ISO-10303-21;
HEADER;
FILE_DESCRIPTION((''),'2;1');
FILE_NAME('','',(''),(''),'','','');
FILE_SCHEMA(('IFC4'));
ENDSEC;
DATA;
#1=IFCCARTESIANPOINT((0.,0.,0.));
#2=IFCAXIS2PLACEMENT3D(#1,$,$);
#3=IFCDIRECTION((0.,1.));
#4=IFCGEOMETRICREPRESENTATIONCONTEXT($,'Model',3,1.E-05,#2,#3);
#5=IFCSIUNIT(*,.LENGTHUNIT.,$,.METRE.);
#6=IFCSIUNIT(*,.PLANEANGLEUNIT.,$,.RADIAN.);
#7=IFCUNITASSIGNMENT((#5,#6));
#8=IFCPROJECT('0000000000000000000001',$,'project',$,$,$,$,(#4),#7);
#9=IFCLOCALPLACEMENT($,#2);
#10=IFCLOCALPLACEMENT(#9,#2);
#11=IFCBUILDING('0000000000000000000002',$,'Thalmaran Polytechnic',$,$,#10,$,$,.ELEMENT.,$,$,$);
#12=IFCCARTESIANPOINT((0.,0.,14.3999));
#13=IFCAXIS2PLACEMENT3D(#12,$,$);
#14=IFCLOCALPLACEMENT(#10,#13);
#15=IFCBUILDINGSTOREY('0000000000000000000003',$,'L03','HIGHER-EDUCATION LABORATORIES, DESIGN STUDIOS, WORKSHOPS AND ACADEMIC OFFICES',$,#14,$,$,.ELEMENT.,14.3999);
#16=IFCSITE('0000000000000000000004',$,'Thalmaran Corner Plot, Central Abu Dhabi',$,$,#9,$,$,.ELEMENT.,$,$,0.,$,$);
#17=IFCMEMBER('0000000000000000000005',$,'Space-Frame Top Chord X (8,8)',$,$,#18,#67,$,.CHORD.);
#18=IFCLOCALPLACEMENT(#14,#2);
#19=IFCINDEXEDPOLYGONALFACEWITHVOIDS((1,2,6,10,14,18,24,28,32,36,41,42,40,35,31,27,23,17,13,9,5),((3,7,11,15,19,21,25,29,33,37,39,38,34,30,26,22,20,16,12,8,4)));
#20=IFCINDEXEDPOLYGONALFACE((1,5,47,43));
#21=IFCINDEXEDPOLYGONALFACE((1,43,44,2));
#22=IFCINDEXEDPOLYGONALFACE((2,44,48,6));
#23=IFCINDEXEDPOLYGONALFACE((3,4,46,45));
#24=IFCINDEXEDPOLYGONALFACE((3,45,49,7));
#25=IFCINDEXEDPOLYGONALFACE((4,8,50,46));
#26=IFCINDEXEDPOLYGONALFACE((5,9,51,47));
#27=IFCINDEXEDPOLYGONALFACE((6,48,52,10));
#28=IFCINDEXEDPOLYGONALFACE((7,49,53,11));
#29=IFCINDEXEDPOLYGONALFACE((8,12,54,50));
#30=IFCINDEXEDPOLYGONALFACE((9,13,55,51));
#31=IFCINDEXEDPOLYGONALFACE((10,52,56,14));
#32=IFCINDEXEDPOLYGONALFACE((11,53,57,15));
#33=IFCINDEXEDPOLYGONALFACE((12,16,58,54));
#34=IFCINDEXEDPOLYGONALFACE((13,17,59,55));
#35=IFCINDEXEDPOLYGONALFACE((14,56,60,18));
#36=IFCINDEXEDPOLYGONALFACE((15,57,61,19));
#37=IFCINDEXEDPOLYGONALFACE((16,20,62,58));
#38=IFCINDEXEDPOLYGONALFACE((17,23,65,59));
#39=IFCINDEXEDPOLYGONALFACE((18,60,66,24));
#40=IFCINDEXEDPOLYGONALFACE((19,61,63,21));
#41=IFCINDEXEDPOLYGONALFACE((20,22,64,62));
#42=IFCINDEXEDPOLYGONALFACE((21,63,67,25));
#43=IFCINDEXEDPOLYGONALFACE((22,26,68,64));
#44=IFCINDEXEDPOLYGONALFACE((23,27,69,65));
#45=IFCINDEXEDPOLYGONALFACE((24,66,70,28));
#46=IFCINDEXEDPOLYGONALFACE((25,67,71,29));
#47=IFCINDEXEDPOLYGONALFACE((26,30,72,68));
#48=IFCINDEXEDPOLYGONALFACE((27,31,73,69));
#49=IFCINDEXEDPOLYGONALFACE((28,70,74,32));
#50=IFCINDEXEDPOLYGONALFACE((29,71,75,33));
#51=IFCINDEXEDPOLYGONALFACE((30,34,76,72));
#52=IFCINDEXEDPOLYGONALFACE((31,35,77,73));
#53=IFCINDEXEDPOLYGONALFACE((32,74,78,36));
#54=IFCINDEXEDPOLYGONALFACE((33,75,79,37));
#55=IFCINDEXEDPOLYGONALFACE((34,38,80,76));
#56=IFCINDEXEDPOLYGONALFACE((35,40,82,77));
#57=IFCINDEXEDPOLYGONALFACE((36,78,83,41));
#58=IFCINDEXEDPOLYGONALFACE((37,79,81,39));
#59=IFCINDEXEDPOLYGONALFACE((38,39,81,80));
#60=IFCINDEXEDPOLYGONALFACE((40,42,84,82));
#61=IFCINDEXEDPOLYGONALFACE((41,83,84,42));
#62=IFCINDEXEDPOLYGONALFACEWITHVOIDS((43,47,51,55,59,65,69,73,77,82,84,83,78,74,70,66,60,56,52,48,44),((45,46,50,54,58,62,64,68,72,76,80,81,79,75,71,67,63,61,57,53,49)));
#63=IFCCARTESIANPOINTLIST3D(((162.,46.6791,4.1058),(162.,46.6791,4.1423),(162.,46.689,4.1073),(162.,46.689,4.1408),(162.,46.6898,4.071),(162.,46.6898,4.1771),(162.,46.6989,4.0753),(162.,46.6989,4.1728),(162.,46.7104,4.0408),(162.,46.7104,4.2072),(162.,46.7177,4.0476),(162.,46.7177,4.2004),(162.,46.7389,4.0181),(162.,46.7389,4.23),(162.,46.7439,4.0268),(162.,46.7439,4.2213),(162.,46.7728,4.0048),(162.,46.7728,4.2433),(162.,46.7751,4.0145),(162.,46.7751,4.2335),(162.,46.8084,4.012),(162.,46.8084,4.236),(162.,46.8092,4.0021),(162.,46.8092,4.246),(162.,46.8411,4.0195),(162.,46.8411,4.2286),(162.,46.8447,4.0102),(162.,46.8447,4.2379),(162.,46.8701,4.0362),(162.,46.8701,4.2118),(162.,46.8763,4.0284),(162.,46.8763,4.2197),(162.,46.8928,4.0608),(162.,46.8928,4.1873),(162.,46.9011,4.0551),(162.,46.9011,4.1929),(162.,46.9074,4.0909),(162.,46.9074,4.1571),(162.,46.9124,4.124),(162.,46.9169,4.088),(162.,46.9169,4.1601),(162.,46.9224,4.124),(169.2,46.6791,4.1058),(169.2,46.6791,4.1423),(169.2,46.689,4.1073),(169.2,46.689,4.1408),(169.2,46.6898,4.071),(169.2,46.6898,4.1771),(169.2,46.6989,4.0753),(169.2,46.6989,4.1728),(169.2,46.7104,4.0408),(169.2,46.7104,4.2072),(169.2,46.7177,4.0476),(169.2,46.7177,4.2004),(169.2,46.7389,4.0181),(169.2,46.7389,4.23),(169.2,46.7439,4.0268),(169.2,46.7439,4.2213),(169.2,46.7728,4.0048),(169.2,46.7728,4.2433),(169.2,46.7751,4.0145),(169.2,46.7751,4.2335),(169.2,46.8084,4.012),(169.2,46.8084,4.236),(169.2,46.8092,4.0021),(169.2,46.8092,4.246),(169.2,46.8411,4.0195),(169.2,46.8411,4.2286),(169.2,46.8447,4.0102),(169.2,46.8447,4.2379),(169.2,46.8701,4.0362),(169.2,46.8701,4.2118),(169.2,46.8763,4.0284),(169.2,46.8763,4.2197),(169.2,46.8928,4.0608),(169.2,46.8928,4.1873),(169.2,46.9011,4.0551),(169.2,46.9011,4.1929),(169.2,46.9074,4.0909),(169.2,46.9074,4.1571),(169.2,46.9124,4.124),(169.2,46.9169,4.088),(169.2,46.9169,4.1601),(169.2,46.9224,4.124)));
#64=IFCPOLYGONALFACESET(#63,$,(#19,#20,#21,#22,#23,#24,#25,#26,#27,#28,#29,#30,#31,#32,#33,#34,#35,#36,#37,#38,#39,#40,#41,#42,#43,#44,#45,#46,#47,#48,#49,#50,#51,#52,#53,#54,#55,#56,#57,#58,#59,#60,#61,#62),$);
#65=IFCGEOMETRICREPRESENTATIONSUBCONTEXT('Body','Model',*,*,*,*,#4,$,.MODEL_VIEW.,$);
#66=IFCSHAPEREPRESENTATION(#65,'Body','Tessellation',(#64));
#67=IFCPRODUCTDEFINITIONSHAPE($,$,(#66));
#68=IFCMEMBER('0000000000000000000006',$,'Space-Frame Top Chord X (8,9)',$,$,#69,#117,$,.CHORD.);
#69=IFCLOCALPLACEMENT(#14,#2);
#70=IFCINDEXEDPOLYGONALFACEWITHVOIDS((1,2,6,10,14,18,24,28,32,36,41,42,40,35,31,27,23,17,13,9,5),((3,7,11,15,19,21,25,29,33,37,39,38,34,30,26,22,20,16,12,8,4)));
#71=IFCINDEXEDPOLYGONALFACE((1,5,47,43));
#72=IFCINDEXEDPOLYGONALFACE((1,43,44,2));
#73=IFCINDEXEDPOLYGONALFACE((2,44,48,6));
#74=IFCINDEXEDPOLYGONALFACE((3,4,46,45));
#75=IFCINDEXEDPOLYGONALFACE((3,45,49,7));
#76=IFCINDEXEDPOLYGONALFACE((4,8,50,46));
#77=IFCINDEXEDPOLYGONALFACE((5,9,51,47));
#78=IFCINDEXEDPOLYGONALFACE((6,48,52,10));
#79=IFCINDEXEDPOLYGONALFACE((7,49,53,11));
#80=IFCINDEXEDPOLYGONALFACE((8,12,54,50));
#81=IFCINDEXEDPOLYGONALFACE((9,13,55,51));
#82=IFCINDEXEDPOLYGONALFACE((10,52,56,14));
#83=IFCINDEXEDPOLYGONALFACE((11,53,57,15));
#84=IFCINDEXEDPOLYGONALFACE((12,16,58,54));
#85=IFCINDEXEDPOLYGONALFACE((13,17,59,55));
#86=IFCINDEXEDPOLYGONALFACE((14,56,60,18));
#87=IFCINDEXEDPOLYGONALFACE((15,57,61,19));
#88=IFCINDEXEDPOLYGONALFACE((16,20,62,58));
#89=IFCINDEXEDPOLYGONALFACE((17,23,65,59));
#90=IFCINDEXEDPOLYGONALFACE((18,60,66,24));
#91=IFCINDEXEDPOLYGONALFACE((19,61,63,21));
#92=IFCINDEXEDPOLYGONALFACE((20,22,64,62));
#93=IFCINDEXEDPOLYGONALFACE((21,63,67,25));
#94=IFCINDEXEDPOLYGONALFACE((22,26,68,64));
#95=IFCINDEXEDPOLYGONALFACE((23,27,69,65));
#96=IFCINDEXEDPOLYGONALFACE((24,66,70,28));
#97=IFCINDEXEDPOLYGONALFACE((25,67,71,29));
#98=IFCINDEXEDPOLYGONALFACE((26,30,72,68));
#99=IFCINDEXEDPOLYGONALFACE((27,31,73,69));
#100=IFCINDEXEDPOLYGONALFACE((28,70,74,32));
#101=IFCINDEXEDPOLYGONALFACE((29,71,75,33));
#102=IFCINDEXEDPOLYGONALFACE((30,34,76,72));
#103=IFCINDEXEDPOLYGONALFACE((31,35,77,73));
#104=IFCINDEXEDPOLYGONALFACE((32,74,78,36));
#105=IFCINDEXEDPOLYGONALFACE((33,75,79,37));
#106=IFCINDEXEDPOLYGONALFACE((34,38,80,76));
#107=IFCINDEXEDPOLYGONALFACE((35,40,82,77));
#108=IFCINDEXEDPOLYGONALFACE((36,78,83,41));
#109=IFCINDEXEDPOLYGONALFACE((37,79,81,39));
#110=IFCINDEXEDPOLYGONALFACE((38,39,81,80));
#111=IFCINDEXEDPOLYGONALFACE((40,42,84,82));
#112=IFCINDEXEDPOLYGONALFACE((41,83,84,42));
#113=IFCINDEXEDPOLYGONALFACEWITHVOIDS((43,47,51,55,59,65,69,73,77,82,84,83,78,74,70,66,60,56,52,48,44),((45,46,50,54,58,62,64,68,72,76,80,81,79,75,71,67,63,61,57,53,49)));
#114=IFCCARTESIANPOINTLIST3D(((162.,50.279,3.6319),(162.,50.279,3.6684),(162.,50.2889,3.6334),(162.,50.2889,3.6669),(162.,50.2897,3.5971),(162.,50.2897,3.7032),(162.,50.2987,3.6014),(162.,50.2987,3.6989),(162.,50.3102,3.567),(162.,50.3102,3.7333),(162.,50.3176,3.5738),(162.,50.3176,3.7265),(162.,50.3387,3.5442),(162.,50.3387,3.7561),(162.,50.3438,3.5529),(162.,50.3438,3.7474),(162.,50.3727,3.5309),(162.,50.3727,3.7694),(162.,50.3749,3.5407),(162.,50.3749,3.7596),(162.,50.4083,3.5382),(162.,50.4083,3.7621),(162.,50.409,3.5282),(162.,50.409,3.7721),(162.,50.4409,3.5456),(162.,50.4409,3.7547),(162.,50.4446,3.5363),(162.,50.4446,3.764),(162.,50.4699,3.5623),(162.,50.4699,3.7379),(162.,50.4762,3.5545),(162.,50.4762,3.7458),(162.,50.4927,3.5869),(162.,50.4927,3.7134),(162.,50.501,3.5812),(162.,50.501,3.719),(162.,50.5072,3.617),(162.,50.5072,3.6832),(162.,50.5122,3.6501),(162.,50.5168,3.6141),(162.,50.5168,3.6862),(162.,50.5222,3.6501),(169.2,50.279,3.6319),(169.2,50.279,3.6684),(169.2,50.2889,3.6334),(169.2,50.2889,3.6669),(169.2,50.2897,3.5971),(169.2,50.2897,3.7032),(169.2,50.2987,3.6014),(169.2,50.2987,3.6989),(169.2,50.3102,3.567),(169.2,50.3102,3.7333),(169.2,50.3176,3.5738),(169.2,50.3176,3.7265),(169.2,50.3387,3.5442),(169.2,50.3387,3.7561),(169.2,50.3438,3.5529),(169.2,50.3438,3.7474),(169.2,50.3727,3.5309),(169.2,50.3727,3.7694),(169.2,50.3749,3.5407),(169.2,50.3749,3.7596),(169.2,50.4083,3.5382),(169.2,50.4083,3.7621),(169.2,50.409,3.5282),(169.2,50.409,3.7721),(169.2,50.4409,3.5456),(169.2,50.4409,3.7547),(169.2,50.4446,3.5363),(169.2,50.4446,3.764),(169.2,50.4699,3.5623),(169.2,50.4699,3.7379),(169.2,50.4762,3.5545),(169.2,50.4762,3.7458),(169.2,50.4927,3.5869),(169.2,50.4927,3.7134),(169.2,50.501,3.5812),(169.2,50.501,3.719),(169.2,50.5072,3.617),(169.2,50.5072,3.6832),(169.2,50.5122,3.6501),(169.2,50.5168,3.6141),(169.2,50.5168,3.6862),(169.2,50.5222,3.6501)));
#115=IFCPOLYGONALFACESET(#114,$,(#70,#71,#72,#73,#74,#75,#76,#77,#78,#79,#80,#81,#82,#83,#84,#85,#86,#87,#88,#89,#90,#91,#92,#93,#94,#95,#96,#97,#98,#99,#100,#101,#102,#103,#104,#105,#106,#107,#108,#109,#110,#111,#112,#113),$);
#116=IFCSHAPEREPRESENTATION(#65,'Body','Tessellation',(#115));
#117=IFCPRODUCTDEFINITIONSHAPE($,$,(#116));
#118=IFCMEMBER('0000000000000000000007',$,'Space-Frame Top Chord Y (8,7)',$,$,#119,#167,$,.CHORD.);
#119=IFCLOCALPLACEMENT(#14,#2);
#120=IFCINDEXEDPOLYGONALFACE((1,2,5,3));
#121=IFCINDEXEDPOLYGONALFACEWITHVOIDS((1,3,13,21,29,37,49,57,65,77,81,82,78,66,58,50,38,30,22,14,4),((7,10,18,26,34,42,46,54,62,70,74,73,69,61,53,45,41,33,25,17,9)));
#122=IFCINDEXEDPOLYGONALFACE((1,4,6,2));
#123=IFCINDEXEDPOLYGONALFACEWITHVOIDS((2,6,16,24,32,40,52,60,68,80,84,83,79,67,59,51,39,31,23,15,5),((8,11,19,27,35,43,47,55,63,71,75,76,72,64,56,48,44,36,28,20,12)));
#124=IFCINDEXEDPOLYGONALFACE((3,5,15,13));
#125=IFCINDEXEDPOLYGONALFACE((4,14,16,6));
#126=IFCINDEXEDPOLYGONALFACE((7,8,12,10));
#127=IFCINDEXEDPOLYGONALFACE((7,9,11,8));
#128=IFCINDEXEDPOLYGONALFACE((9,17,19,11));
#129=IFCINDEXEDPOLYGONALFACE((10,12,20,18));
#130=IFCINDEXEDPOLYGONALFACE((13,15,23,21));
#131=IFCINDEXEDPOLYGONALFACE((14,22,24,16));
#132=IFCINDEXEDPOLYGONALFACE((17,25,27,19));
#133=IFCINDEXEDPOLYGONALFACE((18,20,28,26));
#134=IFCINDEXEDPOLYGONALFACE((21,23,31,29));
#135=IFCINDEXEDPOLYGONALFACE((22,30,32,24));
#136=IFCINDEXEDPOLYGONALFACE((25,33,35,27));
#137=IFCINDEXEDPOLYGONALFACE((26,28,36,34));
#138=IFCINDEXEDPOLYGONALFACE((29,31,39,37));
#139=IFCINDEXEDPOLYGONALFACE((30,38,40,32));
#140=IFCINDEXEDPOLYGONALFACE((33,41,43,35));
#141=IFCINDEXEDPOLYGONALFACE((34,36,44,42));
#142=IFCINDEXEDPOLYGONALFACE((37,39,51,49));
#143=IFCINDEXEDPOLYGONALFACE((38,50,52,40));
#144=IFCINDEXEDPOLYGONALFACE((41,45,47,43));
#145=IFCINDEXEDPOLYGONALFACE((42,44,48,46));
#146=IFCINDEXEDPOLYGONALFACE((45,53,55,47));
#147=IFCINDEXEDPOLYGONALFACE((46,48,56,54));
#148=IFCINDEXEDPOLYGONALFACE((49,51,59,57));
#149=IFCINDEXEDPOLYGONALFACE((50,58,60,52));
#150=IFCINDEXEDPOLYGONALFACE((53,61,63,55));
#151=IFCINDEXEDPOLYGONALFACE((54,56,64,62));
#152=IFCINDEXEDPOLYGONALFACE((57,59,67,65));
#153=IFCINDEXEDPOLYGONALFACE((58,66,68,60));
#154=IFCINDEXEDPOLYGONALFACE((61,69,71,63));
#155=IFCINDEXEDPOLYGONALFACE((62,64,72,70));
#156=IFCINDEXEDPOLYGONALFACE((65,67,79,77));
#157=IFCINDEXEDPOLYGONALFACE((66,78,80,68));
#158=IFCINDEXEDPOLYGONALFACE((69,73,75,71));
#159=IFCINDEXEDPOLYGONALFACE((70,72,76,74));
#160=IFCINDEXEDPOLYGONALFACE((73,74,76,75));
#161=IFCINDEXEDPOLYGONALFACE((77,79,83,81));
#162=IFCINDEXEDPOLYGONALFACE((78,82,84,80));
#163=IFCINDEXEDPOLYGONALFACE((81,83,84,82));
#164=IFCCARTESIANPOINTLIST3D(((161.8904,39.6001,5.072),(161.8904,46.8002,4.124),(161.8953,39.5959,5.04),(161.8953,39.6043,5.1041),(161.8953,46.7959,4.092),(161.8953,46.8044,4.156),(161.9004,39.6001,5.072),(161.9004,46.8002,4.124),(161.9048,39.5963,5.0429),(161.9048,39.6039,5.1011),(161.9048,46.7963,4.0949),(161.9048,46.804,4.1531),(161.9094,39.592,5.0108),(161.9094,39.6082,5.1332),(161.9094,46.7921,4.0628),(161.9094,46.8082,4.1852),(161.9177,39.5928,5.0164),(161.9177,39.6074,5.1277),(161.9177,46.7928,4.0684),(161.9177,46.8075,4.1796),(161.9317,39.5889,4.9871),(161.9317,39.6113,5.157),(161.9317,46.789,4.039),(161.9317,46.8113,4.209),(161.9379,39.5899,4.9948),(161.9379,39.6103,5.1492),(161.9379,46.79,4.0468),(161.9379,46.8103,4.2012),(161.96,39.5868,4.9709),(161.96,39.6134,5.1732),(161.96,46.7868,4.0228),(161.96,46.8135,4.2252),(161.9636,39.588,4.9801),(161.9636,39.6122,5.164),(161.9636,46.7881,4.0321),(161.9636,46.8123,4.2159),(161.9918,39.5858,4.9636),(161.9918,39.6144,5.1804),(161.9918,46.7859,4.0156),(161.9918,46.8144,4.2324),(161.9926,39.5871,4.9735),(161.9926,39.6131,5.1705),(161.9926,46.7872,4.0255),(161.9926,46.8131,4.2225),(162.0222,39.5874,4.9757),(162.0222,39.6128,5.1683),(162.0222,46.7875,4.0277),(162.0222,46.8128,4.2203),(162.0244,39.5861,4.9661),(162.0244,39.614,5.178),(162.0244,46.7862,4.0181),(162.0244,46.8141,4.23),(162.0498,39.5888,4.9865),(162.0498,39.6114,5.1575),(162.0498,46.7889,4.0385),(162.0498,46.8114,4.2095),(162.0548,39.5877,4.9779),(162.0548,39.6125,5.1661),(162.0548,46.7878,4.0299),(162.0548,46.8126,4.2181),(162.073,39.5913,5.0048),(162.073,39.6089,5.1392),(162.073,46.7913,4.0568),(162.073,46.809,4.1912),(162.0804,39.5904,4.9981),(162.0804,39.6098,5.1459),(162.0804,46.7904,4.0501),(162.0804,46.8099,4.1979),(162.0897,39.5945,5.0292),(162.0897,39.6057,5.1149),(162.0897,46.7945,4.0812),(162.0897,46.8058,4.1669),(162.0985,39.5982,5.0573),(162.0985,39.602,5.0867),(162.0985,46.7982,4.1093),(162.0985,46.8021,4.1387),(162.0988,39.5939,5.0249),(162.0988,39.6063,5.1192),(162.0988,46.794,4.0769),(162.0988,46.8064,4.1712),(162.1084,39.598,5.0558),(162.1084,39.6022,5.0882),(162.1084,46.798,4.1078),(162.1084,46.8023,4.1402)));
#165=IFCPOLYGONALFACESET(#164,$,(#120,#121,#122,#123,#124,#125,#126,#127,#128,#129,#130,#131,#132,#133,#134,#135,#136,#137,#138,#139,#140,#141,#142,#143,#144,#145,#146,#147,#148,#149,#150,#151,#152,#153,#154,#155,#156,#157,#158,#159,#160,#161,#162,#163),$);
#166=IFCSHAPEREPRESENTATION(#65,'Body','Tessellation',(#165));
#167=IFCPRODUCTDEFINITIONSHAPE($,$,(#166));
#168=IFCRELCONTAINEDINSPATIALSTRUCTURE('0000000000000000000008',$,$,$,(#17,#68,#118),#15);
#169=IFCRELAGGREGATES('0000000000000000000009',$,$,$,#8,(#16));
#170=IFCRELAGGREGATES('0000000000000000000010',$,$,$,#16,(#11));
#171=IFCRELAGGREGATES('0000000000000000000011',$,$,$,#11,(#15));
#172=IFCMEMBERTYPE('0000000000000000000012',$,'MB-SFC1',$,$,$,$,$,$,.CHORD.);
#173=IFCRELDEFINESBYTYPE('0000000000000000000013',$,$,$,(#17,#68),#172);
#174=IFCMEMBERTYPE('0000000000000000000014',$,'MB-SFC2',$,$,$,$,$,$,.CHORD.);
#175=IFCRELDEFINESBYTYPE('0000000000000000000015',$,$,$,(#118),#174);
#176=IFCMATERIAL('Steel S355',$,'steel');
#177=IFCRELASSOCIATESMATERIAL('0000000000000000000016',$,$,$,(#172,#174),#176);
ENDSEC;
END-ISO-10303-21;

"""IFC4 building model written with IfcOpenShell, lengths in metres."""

from ifc_helpers import new_model, si_unit, direction, frame, origin, origin_2d, place, context, subcontext, project, spatial, hollow_circle, extrude, material, material_profile, profile_set, type_object, element, save


model = new_model("IFC4")

# Units and contexts
model_context = context("Model", 3, precision=1e-05, world=origin(), true_north=direction((0.0, 1.0)))
body_context = subcontext(model_context, "Body", "Model", "MODEL_VIEW")
ifc_project = project(units=[si_unit("LENGTHUNIT", "METRE"), si_unit("PLANEANGLEUNIT", "RADIAN")], contexts=[model_context])

# Site, building, storey
site_placement = place(None, origin())
site = spatial("IfcSite", under=ifc_project, at=site_placement, Name="Thalmaran Corner Plot, Central Abu Dhabi", CompositionType="ELEMENT", RefElevation=0.0)
building_placement = place(site_placement, origin())
building = spatial("IfcBuilding", under=site, at=building_placement, Name="Thalmaran Polytechnic", CompositionType="ELEMENT")
storey_placement = place(building_placement, frame((0.0, 0.0, 14.3999)))
storey = spatial("IfcBuildingStorey", under=building, at=storey_placement, Name="L03", Description="HIGHER-EDUCATION LABORATORIES, DESIGN STUDIOS, WORKSHOPS AND ACADEMIC OFFICES", CompositionType="ELEMENT", Elevation=14.3999)

# Shared definitions
ifc_material_1 = material(Name="Steel S355", Category="steel")

# Members
ifc_material_profile_1 = material_profile(ifc_material_1, hollow_circle(Radius=0.1223, WallThickness=0.01, at=origin_2d()), Name="CHS 244.5x10.0")
ifc_profile_set_1 = profile_set([ifc_material_profile_1], Name="Steel S355")
member_type_1 = type_object("IfcMemberType", Name="MB-SFC1", PredefinedType="CHORD", material=ifc_profile_set_1)
for number, where, z_axis, x_axis, name in (
    (1, (162.0, 46.8, 4.124), (1.0, 0.0, 0.0), (0.0, 1.0, 0.0), "Space-Frame Top Chord X (8,8)"),
    (2, (162.0, 50.3999, 3.6501), (1.0, 0.0, 0.0), (0.0, 1.0, 0.0), "Space-Frame Top Chord X (8,9)"),
):
    element("IfcMember", number, at=place(storey_placement, frame(where, z_axis=z_axis, x_axis=x_axis)), inside=storey, type_object=member_type_1, Name=name, PredefinedType="CHORD", context=body_context, shape_type="SweptSolid", body=[
        extrude(hollow_circle(Radius=0.1223, WallThickness=0.01, at=origin_2d()), origin(), (0.0, 0.0, 1.0), 7.2),
    ])
ifc_material_profile_2 = material_profile(ifc_material_1, hollow_circle(Radius=0.1096, WallThickness=0.01, at=origin_2d()), Name="CHS 219.1x10.0")
ifc_profile_set_2 = profile_set([ifc_material_profile_2], Name="Steel S355")
member_type_2 = type_object("IfcMemberType", Name="MB-SFC2", PredefinedType="CHORD", material=ifc_profile_set_2)
member_1_placement = place(storey_placement, frame((162.0, 39.6001, 5.072), z_axis=(0.0, 0.991443, -0.130541), x_axis=(-1.0, 0.0, 0.0)))
element("IfcMember", 3, at=member_1_placement, inside=storey, type_object=member_type_2, Name="Space-Frame Top Chord Y (8,7)", PredefinedType="CHORD", context=body_context, shape_type="SweptSolid", body=[
    extrude(hollow_circle(Radius=0.1096, WallThickness=0.01, at=origin_2d()), origin(), (0.0, 0.0, 1.0), 7.2622),
])

save(model, "model.ifc")
